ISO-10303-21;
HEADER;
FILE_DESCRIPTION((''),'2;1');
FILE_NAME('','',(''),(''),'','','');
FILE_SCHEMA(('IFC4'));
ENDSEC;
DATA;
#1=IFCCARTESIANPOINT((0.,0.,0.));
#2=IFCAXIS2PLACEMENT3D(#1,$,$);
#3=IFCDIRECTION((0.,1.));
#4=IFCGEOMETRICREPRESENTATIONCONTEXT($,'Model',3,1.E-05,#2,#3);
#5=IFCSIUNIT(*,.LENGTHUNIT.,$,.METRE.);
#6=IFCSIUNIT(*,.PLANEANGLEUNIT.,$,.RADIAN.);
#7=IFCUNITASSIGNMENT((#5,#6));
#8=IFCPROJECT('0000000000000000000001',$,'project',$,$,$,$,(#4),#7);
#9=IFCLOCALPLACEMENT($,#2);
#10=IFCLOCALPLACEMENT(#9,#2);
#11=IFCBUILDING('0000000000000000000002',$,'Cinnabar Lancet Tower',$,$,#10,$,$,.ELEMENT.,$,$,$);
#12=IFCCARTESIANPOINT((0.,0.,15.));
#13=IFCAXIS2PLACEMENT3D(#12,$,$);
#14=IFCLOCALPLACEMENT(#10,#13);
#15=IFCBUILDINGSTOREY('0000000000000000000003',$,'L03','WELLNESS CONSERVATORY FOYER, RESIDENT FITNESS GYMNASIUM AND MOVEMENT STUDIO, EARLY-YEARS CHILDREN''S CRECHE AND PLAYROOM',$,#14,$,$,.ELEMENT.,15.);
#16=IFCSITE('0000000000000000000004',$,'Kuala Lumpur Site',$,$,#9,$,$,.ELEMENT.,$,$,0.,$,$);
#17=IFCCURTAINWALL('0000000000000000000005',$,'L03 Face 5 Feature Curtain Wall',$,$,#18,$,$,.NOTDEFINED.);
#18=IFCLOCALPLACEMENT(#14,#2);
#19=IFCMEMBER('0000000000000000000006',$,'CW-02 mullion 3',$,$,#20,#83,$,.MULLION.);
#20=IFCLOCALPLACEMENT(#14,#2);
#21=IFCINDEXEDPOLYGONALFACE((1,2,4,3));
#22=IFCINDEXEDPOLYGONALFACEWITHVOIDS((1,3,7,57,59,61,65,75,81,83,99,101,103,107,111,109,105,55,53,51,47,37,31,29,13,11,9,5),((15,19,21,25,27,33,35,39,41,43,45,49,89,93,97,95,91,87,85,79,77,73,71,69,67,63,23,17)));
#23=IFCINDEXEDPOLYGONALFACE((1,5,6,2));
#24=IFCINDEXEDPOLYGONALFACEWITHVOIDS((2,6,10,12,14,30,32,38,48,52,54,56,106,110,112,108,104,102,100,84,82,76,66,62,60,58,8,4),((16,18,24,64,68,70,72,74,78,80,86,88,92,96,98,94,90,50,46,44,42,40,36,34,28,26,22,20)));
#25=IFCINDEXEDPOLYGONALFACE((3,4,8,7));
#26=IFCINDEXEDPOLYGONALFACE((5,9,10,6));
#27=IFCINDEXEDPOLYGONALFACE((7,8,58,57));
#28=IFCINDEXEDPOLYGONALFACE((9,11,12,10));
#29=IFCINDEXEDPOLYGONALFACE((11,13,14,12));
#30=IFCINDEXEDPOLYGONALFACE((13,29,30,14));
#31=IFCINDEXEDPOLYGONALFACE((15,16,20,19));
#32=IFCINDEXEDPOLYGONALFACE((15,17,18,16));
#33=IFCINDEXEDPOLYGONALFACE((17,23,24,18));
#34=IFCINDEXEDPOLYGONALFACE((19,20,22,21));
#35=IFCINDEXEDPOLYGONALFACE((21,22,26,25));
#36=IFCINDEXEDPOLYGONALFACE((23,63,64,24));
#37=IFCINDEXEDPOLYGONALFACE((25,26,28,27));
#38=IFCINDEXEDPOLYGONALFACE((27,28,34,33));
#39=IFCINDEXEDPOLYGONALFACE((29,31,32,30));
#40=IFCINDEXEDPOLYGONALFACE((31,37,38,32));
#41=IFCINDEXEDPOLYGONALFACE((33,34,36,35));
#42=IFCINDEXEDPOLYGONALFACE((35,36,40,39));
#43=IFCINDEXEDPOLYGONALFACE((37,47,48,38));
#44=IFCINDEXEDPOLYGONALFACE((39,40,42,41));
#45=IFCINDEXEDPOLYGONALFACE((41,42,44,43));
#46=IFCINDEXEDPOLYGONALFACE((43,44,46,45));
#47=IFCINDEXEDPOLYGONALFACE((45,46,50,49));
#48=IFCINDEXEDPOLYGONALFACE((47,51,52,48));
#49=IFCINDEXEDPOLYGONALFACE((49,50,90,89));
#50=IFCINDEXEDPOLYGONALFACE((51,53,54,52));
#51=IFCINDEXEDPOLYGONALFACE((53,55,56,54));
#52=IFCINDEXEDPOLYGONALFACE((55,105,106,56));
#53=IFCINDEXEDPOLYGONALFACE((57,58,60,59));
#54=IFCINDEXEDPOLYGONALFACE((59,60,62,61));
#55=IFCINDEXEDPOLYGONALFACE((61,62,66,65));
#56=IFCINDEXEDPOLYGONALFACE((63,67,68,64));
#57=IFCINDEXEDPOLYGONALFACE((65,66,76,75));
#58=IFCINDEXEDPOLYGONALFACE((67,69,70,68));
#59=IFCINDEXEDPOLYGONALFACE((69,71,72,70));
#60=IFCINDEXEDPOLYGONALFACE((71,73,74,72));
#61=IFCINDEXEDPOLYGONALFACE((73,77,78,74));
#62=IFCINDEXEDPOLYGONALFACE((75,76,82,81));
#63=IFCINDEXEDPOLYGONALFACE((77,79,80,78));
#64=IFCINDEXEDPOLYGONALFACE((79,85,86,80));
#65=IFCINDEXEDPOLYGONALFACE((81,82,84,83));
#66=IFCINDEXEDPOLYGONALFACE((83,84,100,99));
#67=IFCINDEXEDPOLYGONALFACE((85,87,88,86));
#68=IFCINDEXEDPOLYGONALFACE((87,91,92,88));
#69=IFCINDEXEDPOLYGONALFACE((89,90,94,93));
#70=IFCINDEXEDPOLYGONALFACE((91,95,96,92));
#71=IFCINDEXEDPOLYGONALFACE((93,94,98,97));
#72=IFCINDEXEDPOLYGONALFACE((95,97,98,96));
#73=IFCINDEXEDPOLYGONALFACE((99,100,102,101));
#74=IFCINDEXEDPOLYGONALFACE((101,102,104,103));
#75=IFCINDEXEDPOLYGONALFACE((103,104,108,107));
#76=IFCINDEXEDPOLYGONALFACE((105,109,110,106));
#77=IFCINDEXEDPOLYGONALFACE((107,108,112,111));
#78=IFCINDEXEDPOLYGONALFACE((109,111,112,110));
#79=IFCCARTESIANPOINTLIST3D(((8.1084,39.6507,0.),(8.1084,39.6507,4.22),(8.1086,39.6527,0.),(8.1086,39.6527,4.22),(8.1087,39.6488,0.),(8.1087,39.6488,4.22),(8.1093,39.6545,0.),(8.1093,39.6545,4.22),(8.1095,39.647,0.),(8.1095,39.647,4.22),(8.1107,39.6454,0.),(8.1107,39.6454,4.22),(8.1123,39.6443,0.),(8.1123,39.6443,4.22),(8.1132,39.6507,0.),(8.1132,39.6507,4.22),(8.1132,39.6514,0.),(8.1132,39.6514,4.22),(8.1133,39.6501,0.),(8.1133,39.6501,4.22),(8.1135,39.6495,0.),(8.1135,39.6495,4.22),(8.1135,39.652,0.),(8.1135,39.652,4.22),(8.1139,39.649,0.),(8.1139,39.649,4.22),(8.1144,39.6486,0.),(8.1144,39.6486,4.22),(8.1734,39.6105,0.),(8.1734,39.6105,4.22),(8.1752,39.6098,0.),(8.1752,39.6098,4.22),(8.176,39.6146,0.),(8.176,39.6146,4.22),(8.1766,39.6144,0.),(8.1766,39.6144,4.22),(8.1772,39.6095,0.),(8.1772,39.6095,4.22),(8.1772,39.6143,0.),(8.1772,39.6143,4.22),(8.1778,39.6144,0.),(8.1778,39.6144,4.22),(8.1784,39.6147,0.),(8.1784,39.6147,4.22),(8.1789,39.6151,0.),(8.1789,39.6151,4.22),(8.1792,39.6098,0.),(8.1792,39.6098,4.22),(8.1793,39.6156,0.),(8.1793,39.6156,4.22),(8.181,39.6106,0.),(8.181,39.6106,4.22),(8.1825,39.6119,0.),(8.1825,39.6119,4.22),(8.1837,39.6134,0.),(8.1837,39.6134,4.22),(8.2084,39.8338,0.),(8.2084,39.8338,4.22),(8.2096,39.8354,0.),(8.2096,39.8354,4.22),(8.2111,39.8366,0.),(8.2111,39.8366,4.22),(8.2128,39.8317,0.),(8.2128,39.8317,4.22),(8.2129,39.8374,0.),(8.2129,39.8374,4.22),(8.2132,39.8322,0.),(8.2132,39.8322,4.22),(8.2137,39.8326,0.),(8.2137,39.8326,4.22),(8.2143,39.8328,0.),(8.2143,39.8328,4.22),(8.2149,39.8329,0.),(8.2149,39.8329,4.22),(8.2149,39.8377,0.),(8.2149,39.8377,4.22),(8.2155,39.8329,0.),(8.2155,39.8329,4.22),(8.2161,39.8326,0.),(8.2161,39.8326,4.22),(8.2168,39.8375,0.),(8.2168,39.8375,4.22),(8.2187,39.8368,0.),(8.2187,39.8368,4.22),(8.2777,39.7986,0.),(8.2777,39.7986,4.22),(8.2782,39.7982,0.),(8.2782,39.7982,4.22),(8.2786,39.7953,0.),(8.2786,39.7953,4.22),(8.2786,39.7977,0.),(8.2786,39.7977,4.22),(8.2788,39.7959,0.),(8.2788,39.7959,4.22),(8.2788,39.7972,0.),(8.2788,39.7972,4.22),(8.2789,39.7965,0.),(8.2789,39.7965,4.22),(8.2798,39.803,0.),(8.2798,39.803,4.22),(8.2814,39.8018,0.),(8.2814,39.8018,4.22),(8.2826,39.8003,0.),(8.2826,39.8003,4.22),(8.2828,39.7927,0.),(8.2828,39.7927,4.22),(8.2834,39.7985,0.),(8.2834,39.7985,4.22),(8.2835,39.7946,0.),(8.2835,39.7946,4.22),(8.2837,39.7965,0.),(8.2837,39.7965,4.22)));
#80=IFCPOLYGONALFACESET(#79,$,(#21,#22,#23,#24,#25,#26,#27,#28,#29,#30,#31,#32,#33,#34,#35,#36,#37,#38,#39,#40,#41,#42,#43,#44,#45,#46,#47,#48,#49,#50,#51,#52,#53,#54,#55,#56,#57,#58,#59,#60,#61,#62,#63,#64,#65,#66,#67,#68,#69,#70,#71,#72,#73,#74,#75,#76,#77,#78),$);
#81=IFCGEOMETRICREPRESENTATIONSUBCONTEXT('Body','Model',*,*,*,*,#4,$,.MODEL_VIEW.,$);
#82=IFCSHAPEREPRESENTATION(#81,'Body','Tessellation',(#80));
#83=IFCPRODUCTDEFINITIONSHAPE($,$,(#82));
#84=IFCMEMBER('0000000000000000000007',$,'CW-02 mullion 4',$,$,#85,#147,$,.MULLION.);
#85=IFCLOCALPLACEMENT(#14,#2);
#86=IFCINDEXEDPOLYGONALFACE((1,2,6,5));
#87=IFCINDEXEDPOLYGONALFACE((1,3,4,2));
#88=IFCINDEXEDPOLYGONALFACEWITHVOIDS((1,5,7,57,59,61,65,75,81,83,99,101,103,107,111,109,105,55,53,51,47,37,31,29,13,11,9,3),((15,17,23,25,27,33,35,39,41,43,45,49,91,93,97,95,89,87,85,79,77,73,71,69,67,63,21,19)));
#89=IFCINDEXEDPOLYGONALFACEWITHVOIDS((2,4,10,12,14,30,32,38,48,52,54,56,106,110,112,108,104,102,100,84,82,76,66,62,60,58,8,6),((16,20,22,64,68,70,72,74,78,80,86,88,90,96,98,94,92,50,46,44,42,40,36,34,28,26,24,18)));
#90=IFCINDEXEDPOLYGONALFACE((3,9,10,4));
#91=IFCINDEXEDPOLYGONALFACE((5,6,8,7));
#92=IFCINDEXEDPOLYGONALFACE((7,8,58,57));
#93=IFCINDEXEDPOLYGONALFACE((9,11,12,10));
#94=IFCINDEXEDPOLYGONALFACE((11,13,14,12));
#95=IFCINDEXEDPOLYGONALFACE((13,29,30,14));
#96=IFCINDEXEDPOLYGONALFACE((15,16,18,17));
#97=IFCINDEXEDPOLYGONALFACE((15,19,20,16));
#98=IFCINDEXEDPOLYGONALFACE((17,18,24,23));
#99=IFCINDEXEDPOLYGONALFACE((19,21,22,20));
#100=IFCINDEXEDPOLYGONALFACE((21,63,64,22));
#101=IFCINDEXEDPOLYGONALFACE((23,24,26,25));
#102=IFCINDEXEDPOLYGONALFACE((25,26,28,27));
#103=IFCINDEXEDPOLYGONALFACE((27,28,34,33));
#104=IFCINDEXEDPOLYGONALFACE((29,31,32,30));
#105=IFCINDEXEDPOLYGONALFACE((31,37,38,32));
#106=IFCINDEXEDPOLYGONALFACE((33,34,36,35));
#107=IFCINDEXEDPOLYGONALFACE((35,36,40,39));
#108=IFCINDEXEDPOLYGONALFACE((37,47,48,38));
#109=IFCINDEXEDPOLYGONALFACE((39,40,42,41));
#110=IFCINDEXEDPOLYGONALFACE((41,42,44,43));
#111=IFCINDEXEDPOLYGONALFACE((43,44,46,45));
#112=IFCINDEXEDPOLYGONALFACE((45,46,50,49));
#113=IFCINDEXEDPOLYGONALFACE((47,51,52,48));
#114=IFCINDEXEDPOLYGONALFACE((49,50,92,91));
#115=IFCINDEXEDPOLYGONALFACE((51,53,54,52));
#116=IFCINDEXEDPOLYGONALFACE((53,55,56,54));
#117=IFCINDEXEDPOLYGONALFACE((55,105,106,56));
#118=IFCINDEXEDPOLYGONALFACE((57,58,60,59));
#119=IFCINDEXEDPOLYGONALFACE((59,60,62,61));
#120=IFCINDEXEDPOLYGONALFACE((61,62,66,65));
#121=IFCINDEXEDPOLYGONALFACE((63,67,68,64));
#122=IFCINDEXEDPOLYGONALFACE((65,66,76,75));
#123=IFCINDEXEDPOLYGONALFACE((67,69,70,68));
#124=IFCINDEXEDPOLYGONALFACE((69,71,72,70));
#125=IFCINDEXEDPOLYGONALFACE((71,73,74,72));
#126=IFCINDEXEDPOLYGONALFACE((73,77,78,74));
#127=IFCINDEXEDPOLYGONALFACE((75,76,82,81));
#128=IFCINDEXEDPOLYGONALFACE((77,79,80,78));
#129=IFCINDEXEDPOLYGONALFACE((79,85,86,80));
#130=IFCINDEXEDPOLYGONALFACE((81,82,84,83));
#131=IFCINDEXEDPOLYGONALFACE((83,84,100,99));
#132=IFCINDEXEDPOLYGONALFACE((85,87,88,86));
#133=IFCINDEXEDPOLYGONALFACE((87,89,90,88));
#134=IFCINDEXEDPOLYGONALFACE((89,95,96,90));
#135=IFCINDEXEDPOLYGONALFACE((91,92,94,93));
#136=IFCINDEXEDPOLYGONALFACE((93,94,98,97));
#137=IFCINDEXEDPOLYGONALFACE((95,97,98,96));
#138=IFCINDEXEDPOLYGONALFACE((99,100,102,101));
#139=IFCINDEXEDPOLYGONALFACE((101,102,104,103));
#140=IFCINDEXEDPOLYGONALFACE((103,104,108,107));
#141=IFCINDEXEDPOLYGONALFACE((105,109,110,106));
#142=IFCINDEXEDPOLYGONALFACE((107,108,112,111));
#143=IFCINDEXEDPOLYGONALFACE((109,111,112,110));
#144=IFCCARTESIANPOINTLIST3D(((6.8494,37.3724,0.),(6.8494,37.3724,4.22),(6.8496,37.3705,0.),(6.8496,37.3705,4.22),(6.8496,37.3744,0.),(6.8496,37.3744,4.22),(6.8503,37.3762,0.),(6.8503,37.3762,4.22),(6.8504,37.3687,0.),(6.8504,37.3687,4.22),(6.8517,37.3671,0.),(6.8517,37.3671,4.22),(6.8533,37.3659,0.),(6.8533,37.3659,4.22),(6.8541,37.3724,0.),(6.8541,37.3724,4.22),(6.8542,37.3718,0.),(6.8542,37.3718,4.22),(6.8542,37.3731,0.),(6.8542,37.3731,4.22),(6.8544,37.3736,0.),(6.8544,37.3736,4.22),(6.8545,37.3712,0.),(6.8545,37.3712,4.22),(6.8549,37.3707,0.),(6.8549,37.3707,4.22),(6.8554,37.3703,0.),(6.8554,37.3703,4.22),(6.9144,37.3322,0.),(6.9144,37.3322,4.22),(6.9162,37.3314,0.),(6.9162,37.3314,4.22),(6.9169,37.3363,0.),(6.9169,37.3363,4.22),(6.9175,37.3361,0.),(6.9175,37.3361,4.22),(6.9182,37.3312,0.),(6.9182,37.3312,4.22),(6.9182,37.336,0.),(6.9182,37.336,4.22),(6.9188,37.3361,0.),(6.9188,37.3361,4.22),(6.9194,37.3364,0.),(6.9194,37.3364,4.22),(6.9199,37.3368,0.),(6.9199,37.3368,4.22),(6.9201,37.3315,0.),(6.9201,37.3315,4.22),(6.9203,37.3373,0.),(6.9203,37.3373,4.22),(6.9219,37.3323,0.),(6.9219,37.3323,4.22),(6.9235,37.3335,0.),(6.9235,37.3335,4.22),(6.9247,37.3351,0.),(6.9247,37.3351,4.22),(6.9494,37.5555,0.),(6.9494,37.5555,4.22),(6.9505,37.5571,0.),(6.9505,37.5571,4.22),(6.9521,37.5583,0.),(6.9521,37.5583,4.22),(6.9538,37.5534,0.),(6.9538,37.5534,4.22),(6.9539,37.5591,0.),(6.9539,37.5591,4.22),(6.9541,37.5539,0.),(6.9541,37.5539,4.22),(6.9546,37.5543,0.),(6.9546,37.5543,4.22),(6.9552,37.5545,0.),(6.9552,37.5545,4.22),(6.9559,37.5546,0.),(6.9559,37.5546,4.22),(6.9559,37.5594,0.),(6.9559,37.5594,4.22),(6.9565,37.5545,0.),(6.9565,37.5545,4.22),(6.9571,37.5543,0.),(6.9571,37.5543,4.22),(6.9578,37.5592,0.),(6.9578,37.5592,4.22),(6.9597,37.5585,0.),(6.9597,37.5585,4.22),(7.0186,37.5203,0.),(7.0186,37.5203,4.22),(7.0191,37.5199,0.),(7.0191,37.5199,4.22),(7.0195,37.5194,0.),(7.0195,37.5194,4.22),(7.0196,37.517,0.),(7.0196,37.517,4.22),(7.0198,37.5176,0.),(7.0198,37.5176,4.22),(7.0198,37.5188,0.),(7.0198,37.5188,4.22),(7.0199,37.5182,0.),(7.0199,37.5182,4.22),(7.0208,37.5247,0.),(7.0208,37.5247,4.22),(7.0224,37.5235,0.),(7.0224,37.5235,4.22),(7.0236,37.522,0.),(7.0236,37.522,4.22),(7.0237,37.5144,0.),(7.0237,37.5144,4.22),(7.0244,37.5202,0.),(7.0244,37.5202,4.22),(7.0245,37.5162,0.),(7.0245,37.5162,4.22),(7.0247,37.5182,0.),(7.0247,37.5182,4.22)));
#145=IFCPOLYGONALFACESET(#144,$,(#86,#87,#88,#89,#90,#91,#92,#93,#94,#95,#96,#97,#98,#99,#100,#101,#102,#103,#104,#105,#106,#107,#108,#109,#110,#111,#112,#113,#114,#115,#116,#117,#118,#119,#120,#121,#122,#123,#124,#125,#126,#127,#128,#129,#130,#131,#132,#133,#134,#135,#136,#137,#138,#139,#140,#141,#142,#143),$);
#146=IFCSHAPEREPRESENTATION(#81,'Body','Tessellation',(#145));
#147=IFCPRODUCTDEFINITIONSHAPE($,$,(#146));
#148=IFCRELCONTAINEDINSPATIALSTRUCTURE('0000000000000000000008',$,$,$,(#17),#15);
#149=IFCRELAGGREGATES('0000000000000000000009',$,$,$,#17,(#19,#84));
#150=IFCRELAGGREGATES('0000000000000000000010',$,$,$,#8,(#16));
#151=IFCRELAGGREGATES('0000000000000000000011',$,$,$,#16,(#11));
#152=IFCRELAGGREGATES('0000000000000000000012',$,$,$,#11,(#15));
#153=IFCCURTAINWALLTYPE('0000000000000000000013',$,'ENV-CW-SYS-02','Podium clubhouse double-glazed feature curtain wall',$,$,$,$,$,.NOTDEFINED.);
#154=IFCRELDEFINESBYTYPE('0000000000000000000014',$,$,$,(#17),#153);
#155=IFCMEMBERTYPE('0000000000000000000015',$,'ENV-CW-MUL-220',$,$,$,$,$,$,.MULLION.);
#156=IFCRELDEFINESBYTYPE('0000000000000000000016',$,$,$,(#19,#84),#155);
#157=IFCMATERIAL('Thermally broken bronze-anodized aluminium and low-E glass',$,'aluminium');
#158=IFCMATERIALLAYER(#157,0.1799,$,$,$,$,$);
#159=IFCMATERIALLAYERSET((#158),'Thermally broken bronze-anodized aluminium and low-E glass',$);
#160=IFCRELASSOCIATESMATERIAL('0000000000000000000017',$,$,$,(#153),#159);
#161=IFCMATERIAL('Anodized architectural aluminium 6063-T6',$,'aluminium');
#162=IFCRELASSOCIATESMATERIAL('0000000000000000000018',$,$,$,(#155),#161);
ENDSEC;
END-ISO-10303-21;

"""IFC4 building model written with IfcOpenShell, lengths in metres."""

from ifc_helpers import new_model, si_unit, direction, frame, origin, origin_2d, place, context, subcontext, project, spatial, hollow_rectangle, extrude, material, layer, layer_set, material_profile, profile_set, type_object, element, aggregate, save


model = new_model("IFC4")

# Units and contexts
model_context = context("Model", 3, precision=1e-05, world=origin(), true_north=direction((0.0, 1.0)))
body_context = subcontext(model_context, "Body", "Model", "MODEL_VIEW")
ifc_project = project(units=[si_unit("LENGTHUNIT", "METRE"), si_unit("PLANEANGLEUNIT", "RADIAN")], contexts=[model_context])

# Site, building, storey
site_placement = place(None, origin())
site = spatial("IfcSite", under=ifc_project, at=site_placement, Name="Kuala Lumpur Site", CompositionType="ELEMENT", RefElevation=0.0)
building_placement = place(site_placement, origin())
building = spatial("IfcBuilding", under=site, at=building_placement, Name="Cinnabar Lancet Tower", CompositionType="ELEMENT")
storey_placement = place(building_placement, frame((0.0, 0.0, 15.0)))
storey = spatial("IfcBuildingStorey", under=building, at=storey_placement, Name="L03", Description="WELLNESS CONSERVATORY FOYER, RESIDENT FITNESS GYMNASIUM AND MOVEMENT STUDIO, EARLY-YEARS CHILDREN'S CRECHE AND PLAYROOM", CompositionType="ELEMENT", Elevation=15.0)

# Curtain wall, members
ifc_material_1 = material(Name="Thermally broken bronze-anodized aluminium and low-E glass", Category="aluminium")
ifc_layer_1 = layer(ifc_material_1, 0.1799)
ifc_layer_set_1 = layer_set([ifc_layer_1], Name="Thermally broken bronze-anodized aluminium and low-E glass")
curtain_wall_type = type_object("IfcCurtainWallType", Name="ENV-CW-SYS-02", Description="Podium clubhouse double-glazed feature curtain wall", PredefinedType="NOTDEFINED", material=ifc_layer_set_1)
curtain_wall_placement = place(storey_placement, origin())
curtain_wall = element("IfcCurtainWall", 1, at=curtain_wall_placement, inside=storey, type_object=curtain_wall_type, Name="L03 Face 5 Feature Curtain Wall", PredefinedType="NOTDEFINED")
ifc_material_2 = material(Name="Anodized architectural aluminium 6063-T6", Category="aluminium")
ifc_material_profile_1 = material_profile(ifc_material_2, hollow_rectangle(XDim=0.085, YDim=0.22, WallThickness=0.0049, InnerFilletRadius=0.0024, OuterFilletRadius=0.0076, at=origin_2d()), Name="CW-MUL 220x85x5")
ifc_profile_set_1 = profile_set([ifc_material_profile_1], Name="Anodized architectural aluminium 6063-T6")
member_type_1 = type_object("IfcMemberType", Name="ENV-CW-MUL-220", PredefinedType="MULLION", material=ifc_profile_set_1)
member_1_placement = place(storey_placement, frame((8.196, 39.7236, 0.0), z_axis=(0.0, 0.0, 1.0), x_axis=(0.875242, -0.483685, 0.0)))
member_1 = element("IfcMember", 2, at=member_1_placement, type_object=member_type_1, Name="CW-02 mullion 3", PredefinedType="MULLION", context=body_context, shape_type="SweptSolid", body=[
    extrude(hollow_rectangle(XDim=0.085, YDim=0.22, WallThickness=0.0049, InnerFilletRadius=0.0024, OuterFilletRadius=0.0076, at=origin_2d()), origin(), (0.0, 0.0, 1.0), 4.22),
])
member_2_placement = place(storey_placement, frame((6.937, 37.4453, 0.0), z_axis=(0.0, 0.0, 1.0), x_axis=(0.875242, -0.483685, 0.0)))
member_2 = element("IfcMember", 3, at=member_2_placement, type_object=member_type_1, Name="CW-02 mullion 4", PredefinedType="MULLION", context=body_context, shape_type="SweptSolid", body=[
    extrude(hollow_rectangle(XDim=0.085, YDim=0.22, WallThickness=0.0049, InnerFilletRadius=0.0024, OuterFilletRadius=0.0076, at=origin_2d()), origin(), (0.0, 0.0, 1.0), 4.22),
])

aggregate(curtain_wall, [member_1, member_2])

save(model, "model.ifc")
